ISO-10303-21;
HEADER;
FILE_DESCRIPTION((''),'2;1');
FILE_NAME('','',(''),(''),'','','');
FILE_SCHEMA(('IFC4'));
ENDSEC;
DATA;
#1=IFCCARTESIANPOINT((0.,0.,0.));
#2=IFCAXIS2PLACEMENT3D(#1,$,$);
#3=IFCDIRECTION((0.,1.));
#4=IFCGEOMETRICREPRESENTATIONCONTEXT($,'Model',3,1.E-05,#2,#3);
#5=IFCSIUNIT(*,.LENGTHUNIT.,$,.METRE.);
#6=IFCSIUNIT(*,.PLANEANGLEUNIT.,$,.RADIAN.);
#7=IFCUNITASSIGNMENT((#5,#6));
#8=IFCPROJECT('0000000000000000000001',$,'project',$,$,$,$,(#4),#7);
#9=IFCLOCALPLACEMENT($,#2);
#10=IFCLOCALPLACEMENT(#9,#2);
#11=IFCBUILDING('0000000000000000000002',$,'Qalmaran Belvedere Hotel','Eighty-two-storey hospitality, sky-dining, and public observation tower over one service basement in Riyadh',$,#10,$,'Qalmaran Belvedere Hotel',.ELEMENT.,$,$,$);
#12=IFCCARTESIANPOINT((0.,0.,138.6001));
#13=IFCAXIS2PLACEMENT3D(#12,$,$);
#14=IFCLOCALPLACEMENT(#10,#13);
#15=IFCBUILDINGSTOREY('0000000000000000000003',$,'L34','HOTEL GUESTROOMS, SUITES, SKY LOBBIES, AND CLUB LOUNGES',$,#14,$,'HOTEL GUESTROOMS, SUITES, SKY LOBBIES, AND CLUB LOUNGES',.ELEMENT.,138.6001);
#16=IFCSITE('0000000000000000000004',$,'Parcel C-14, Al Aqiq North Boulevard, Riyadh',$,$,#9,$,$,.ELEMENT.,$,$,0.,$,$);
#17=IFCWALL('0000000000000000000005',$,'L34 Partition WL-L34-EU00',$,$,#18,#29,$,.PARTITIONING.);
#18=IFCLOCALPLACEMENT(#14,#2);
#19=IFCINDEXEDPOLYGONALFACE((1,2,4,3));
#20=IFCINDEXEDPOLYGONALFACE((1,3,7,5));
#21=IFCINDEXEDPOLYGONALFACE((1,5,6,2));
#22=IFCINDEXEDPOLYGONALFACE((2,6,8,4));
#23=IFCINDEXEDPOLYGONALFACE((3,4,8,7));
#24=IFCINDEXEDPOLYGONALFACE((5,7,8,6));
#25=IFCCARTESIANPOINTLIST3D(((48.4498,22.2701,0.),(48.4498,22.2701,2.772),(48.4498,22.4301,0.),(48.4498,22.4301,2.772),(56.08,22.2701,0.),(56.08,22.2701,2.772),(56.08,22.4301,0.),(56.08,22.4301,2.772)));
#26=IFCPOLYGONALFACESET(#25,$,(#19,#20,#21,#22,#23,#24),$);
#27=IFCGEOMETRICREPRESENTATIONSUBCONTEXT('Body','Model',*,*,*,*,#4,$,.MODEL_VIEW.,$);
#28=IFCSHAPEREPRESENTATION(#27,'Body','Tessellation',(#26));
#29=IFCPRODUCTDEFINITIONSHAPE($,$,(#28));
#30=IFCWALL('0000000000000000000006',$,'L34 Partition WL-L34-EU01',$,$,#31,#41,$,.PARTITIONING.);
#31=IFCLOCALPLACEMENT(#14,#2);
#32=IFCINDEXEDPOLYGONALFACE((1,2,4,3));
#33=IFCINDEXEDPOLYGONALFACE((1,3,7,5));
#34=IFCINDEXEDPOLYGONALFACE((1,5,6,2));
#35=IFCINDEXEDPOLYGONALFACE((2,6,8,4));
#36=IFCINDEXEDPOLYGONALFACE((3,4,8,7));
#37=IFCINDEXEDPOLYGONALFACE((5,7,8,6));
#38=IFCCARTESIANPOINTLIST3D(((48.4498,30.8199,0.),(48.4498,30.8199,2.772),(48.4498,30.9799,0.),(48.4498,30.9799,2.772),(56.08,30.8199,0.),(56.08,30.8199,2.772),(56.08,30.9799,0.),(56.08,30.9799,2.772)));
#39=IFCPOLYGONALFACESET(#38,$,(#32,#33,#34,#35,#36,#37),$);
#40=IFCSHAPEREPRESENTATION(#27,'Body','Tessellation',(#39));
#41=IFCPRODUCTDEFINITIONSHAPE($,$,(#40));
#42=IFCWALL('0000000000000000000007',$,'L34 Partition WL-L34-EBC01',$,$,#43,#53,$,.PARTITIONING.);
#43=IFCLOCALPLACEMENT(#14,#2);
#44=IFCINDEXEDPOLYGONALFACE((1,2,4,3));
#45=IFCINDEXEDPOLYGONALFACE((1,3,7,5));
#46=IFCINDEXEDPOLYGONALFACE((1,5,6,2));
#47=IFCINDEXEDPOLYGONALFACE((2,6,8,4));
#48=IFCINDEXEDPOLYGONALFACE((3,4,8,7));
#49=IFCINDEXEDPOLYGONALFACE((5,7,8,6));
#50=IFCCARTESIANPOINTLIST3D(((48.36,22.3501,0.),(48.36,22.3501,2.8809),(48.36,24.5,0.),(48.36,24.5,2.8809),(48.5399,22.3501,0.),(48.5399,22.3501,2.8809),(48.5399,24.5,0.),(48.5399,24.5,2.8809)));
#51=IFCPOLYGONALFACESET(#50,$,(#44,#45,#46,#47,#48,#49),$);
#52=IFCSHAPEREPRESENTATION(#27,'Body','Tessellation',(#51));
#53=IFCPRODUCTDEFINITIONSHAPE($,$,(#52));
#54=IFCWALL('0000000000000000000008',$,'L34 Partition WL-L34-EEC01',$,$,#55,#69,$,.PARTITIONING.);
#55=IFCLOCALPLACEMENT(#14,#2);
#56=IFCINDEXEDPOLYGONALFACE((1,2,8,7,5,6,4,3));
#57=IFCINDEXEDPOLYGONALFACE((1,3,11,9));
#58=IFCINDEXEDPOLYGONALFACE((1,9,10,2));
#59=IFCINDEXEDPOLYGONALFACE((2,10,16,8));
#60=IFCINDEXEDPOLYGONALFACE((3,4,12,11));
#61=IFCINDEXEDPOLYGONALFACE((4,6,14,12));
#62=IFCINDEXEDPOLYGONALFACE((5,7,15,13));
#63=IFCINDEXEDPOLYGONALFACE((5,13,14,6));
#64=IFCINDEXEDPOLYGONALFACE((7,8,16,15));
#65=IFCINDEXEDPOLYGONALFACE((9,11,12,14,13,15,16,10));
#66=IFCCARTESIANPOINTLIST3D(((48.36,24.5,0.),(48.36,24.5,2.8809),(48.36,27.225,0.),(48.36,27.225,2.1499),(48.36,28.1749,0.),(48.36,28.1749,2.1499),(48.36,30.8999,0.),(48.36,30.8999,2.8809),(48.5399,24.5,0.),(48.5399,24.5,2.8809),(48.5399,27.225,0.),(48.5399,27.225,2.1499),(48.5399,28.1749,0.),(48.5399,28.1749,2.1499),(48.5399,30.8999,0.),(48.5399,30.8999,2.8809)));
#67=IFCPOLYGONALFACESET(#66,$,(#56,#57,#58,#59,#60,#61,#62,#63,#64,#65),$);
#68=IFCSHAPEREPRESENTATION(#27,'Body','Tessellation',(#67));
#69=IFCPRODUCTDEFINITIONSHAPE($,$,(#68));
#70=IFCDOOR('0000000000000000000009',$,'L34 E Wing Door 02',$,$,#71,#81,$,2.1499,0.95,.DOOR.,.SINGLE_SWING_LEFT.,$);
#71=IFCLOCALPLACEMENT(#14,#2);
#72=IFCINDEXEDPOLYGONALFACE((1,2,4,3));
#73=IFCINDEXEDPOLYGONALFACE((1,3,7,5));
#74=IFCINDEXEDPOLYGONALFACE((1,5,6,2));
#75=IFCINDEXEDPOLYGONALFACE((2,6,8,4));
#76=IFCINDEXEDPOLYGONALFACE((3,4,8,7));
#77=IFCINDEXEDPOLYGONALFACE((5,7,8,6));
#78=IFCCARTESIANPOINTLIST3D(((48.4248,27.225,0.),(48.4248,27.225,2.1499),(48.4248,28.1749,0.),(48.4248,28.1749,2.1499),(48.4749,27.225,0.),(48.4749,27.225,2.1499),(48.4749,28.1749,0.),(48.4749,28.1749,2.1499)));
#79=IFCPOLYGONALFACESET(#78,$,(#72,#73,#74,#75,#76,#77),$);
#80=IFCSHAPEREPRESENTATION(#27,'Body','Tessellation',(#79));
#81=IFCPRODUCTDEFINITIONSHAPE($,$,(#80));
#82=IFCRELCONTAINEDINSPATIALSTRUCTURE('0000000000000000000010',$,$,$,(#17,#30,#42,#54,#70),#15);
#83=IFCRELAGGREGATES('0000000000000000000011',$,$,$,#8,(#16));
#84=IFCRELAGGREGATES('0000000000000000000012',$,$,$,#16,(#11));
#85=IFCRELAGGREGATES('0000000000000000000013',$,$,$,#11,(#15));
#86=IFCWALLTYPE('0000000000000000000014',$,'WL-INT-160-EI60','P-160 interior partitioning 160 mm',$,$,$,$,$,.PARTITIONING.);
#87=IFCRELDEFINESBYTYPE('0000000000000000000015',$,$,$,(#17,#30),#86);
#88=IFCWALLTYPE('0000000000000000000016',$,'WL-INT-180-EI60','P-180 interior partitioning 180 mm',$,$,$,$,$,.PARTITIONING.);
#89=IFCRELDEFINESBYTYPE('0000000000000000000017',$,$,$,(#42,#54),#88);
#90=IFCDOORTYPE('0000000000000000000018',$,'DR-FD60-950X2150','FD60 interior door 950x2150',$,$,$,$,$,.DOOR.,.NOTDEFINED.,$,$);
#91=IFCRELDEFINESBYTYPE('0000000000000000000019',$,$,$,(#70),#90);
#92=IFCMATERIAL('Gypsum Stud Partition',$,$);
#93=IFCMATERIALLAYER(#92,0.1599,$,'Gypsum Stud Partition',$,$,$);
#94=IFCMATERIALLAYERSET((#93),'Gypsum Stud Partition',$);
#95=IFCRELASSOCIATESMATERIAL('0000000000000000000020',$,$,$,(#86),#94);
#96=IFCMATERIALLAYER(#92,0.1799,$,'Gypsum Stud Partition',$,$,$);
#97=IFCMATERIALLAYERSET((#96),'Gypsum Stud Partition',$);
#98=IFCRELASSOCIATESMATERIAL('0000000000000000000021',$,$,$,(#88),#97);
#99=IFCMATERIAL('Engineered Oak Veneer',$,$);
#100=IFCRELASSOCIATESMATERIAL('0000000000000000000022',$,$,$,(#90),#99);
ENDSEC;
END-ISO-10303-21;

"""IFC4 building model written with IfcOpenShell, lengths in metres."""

from ifc_helpers import new_model, si_unit, direction, frame, frame_2d, origin, place, context, subcontext, project, spatial, rectangle, extrude, material, layer, layer_set, type_object, element, fill, save


model = new_model("IFC4")

# Units and contexts
model_context = context("Model", 3, precision=1e-05, world=origin(), true_north=direction((0.0, 1.0)))
body_context = subcontext(model_context, "Body", "Model", "MODEL_VIEW")
ifc_project = project(units=[si_unit("LENGTHUNIT", "METRE"), si_unit("PLANEANGLEUNIT", "RADIAN")], contexts=[model_context])

# Site, building, storey
site_placement = place(None, origin())
site = spatial("IfcSite", under=ifc_project, at=site_placement, Name="Parcel C-14, Al Aqiq North Boulevard, Riyadh", CompositionType="ELEMENT", RefElevation=0.0)
building_placement = place(site_placement, origin())
building = spatial("IfcBuilding", under=site, at=building_placement, Name="Qalmaran Belvedere Hotel", Description="Eighty-two-storey hospitality, sky-dining, and public observation tower over one service basement in Riyadh", LongName="Qalmaran Belvedere Hotel", CompositionType="ELEMENT")
storey_placement = place(building_placement, frame((0.0, 0.0, 138.6001)))
storey = spatial("IfcBuildingStorey", under=building, at=storey_placement, Name="L34", Description="HOTEL GUESTROOMS, SUITES, SKY LOBBIES, AND CLUB LOUNGES", LongName="HOTEL GUESTROOMS, SUITES, SKY LOBBIES, AND CLUB LOUNGES", CompositionType="ELEMENT", Elevation=138.6001)

# Shared definitions
ifc_material_1 = material(Name="Engineered Oak Veneer")

# Shared definitions
ifc_material_2 = material(Name="Gypsum Stud Partition")

# Walls
ifc_layer_1 = layer(ifc_material_2, 0.1599, Name="Gypsum Stud Partition")
ifc_layer_set_1 = layer_set([ifc_layer_1], Name="Gypsum Stud Partition")
wall_type_1 = type_object("IfcWallType", Name="WL-INT-160-EI60", Description="P-160 interior partitioning 160 mm", PredefinedType="PARTITIONING", material=ifc_layer_set_1)
for number, where, z_axis, x_axis, name in (
    (1, (48.45, 22.3501, 0.0), (0.0, 0.0, 1.0), (1.0, 0.0, 0.0), "L34 Partition WL-L34-EU00"),
    (2, (48.45, 30.8999, 0.0), (0.0, 0.0, 1.0), (1.0, 0.0, 0.0), "L34 Partition WL-L34-EU01"),
):
    element("IfcWall", number, at=place(storey_placement, frame(where, z_axis=z_axis, x_axis=x_axis)), inside=storey, type_object=wall_type_1, Name=name, PredefinedType="PARTITIONING", context=body_context, shape_type="SweptSolid", body=[
        extrude(rectangle(XDim=7.6301, YDim=0.1599, at=frame_2d((3.8149, 0.0))), origin(), (0.0, 0.0, 1.0), 2.772),
    ])

# Shared definitions
ifc_layer_2 = layer(ifc_material_2, 0.1799, Name="Gypsum Stud Partition")
ifc_layer_set_2 = layer_set([ifc_layer_2], Name="Gypsum Stud Partition")
wall_type_2 = type_object("IfcWallType", Name="WL-INT-180-EI60", Description="P-180 interior partitioning 180 mm", PredefinedType="PARTITIONING", material=ifc_layer_set_2)
door_type_1 = type_object("IfcDoorType", Name="DR-FD60-950X2150", Description="FD60 interior door 950x2150", OperationType="NOTDEFINED", PredefinedType="DOOR", material=ifc_material_1)

# Wall
wall_1_placement = place(storey_placement, frame((48.45, 22.3501, 0.0), z_axis=(0.0, 0.0, 1.0), x_axis=(0.0, 1.0, 0.0)))
element("IfcWall", 3, at=wall_1_placement, inside=storey, type_object=wall_type_2, Name="L34 Partition WL-L34-EBC01", PredefinedType="PARTITIONING", context=body_context, shape_type="SweptSolid", body=[
    extrude(rectangle(XDim=2.1499, YDim=0.1799, at=frame_2d((1.075, 0.0))), origin(), (0.0, 0.0, 1.0), 2.8809),
])

# Wall, opening, door
wall_2_placement = place(storey_placement, frame((48.45, 24.5, 0.0), z_axis=(0.0, 0.0, 1.0), x_axis=(0.0, 1.0, 0.0)))
wall_2 = element("IfcWall", 4, at=wall_2_placement, inside=storey, type_object=wall_type_2, Name="L34 Partition WL-L34-EEC01", PredefinedType="PARTITIONING", context=body_context, shape_type="SweptSolid", body=[
    extrude(rectangle(XDim=6.3999, YDim=0.1799, at=frame_2d((3.2, 0.0))), origin(), (0.0, 0.0, 1.0), 2.8809),
])
opening_1_placement = place(wall_2_placement, frame((3.675, 0.0, 0.0), z_axis=(0.0, 0.0, 1.0), x_axis=(-1.0, 0.0, 0.0)))
opening_1 = element("IfcOpeningElement", 5, at=opening_1_placement, cuts=wall_2, PredefinedType="OPENING", context=body_context, shape_type="SweptSolid", body=[
    extrude(rectangle(XDim=0.95, YDim=2.1499, at=frame_2d((0.4751, 1.075))), frame((0.0, 0.1001, 0.0), z_axis=(0.0, -1.0, 0.0), x_axis=(1.0, 0.0, 0.0)), (0.0, 0.0, 1.0), 0.2),
])
door_1_placement = place(opening_1_placement, origin())
door_1 = element("IfcDoor", 6, at=door_1_placement, inside=storey, type_object=door_type_1, Name="L34 E Wing Door 02", OperationType="SINGLE_SWING_LEFT", OverallHeight=2.1499, OverallWidth=0.95, PredefinedType="DOOR", context=body_context, shape_type="SweptSolid", body=[
    extrude(rectangle(XDim=0.95, YDim=2.1499, at=frame_2d((0.4751, 1.075))), frame((0.0, 0.0249, 0.0), z_axis=(0.0, -1.0, 0.0), x_axis=(1.0, 0.0, 0.0)), (0.0, 0.0, 1.0), 0.05),
])
fill(opening_1, door_1)

save(model, "model.ifc")
